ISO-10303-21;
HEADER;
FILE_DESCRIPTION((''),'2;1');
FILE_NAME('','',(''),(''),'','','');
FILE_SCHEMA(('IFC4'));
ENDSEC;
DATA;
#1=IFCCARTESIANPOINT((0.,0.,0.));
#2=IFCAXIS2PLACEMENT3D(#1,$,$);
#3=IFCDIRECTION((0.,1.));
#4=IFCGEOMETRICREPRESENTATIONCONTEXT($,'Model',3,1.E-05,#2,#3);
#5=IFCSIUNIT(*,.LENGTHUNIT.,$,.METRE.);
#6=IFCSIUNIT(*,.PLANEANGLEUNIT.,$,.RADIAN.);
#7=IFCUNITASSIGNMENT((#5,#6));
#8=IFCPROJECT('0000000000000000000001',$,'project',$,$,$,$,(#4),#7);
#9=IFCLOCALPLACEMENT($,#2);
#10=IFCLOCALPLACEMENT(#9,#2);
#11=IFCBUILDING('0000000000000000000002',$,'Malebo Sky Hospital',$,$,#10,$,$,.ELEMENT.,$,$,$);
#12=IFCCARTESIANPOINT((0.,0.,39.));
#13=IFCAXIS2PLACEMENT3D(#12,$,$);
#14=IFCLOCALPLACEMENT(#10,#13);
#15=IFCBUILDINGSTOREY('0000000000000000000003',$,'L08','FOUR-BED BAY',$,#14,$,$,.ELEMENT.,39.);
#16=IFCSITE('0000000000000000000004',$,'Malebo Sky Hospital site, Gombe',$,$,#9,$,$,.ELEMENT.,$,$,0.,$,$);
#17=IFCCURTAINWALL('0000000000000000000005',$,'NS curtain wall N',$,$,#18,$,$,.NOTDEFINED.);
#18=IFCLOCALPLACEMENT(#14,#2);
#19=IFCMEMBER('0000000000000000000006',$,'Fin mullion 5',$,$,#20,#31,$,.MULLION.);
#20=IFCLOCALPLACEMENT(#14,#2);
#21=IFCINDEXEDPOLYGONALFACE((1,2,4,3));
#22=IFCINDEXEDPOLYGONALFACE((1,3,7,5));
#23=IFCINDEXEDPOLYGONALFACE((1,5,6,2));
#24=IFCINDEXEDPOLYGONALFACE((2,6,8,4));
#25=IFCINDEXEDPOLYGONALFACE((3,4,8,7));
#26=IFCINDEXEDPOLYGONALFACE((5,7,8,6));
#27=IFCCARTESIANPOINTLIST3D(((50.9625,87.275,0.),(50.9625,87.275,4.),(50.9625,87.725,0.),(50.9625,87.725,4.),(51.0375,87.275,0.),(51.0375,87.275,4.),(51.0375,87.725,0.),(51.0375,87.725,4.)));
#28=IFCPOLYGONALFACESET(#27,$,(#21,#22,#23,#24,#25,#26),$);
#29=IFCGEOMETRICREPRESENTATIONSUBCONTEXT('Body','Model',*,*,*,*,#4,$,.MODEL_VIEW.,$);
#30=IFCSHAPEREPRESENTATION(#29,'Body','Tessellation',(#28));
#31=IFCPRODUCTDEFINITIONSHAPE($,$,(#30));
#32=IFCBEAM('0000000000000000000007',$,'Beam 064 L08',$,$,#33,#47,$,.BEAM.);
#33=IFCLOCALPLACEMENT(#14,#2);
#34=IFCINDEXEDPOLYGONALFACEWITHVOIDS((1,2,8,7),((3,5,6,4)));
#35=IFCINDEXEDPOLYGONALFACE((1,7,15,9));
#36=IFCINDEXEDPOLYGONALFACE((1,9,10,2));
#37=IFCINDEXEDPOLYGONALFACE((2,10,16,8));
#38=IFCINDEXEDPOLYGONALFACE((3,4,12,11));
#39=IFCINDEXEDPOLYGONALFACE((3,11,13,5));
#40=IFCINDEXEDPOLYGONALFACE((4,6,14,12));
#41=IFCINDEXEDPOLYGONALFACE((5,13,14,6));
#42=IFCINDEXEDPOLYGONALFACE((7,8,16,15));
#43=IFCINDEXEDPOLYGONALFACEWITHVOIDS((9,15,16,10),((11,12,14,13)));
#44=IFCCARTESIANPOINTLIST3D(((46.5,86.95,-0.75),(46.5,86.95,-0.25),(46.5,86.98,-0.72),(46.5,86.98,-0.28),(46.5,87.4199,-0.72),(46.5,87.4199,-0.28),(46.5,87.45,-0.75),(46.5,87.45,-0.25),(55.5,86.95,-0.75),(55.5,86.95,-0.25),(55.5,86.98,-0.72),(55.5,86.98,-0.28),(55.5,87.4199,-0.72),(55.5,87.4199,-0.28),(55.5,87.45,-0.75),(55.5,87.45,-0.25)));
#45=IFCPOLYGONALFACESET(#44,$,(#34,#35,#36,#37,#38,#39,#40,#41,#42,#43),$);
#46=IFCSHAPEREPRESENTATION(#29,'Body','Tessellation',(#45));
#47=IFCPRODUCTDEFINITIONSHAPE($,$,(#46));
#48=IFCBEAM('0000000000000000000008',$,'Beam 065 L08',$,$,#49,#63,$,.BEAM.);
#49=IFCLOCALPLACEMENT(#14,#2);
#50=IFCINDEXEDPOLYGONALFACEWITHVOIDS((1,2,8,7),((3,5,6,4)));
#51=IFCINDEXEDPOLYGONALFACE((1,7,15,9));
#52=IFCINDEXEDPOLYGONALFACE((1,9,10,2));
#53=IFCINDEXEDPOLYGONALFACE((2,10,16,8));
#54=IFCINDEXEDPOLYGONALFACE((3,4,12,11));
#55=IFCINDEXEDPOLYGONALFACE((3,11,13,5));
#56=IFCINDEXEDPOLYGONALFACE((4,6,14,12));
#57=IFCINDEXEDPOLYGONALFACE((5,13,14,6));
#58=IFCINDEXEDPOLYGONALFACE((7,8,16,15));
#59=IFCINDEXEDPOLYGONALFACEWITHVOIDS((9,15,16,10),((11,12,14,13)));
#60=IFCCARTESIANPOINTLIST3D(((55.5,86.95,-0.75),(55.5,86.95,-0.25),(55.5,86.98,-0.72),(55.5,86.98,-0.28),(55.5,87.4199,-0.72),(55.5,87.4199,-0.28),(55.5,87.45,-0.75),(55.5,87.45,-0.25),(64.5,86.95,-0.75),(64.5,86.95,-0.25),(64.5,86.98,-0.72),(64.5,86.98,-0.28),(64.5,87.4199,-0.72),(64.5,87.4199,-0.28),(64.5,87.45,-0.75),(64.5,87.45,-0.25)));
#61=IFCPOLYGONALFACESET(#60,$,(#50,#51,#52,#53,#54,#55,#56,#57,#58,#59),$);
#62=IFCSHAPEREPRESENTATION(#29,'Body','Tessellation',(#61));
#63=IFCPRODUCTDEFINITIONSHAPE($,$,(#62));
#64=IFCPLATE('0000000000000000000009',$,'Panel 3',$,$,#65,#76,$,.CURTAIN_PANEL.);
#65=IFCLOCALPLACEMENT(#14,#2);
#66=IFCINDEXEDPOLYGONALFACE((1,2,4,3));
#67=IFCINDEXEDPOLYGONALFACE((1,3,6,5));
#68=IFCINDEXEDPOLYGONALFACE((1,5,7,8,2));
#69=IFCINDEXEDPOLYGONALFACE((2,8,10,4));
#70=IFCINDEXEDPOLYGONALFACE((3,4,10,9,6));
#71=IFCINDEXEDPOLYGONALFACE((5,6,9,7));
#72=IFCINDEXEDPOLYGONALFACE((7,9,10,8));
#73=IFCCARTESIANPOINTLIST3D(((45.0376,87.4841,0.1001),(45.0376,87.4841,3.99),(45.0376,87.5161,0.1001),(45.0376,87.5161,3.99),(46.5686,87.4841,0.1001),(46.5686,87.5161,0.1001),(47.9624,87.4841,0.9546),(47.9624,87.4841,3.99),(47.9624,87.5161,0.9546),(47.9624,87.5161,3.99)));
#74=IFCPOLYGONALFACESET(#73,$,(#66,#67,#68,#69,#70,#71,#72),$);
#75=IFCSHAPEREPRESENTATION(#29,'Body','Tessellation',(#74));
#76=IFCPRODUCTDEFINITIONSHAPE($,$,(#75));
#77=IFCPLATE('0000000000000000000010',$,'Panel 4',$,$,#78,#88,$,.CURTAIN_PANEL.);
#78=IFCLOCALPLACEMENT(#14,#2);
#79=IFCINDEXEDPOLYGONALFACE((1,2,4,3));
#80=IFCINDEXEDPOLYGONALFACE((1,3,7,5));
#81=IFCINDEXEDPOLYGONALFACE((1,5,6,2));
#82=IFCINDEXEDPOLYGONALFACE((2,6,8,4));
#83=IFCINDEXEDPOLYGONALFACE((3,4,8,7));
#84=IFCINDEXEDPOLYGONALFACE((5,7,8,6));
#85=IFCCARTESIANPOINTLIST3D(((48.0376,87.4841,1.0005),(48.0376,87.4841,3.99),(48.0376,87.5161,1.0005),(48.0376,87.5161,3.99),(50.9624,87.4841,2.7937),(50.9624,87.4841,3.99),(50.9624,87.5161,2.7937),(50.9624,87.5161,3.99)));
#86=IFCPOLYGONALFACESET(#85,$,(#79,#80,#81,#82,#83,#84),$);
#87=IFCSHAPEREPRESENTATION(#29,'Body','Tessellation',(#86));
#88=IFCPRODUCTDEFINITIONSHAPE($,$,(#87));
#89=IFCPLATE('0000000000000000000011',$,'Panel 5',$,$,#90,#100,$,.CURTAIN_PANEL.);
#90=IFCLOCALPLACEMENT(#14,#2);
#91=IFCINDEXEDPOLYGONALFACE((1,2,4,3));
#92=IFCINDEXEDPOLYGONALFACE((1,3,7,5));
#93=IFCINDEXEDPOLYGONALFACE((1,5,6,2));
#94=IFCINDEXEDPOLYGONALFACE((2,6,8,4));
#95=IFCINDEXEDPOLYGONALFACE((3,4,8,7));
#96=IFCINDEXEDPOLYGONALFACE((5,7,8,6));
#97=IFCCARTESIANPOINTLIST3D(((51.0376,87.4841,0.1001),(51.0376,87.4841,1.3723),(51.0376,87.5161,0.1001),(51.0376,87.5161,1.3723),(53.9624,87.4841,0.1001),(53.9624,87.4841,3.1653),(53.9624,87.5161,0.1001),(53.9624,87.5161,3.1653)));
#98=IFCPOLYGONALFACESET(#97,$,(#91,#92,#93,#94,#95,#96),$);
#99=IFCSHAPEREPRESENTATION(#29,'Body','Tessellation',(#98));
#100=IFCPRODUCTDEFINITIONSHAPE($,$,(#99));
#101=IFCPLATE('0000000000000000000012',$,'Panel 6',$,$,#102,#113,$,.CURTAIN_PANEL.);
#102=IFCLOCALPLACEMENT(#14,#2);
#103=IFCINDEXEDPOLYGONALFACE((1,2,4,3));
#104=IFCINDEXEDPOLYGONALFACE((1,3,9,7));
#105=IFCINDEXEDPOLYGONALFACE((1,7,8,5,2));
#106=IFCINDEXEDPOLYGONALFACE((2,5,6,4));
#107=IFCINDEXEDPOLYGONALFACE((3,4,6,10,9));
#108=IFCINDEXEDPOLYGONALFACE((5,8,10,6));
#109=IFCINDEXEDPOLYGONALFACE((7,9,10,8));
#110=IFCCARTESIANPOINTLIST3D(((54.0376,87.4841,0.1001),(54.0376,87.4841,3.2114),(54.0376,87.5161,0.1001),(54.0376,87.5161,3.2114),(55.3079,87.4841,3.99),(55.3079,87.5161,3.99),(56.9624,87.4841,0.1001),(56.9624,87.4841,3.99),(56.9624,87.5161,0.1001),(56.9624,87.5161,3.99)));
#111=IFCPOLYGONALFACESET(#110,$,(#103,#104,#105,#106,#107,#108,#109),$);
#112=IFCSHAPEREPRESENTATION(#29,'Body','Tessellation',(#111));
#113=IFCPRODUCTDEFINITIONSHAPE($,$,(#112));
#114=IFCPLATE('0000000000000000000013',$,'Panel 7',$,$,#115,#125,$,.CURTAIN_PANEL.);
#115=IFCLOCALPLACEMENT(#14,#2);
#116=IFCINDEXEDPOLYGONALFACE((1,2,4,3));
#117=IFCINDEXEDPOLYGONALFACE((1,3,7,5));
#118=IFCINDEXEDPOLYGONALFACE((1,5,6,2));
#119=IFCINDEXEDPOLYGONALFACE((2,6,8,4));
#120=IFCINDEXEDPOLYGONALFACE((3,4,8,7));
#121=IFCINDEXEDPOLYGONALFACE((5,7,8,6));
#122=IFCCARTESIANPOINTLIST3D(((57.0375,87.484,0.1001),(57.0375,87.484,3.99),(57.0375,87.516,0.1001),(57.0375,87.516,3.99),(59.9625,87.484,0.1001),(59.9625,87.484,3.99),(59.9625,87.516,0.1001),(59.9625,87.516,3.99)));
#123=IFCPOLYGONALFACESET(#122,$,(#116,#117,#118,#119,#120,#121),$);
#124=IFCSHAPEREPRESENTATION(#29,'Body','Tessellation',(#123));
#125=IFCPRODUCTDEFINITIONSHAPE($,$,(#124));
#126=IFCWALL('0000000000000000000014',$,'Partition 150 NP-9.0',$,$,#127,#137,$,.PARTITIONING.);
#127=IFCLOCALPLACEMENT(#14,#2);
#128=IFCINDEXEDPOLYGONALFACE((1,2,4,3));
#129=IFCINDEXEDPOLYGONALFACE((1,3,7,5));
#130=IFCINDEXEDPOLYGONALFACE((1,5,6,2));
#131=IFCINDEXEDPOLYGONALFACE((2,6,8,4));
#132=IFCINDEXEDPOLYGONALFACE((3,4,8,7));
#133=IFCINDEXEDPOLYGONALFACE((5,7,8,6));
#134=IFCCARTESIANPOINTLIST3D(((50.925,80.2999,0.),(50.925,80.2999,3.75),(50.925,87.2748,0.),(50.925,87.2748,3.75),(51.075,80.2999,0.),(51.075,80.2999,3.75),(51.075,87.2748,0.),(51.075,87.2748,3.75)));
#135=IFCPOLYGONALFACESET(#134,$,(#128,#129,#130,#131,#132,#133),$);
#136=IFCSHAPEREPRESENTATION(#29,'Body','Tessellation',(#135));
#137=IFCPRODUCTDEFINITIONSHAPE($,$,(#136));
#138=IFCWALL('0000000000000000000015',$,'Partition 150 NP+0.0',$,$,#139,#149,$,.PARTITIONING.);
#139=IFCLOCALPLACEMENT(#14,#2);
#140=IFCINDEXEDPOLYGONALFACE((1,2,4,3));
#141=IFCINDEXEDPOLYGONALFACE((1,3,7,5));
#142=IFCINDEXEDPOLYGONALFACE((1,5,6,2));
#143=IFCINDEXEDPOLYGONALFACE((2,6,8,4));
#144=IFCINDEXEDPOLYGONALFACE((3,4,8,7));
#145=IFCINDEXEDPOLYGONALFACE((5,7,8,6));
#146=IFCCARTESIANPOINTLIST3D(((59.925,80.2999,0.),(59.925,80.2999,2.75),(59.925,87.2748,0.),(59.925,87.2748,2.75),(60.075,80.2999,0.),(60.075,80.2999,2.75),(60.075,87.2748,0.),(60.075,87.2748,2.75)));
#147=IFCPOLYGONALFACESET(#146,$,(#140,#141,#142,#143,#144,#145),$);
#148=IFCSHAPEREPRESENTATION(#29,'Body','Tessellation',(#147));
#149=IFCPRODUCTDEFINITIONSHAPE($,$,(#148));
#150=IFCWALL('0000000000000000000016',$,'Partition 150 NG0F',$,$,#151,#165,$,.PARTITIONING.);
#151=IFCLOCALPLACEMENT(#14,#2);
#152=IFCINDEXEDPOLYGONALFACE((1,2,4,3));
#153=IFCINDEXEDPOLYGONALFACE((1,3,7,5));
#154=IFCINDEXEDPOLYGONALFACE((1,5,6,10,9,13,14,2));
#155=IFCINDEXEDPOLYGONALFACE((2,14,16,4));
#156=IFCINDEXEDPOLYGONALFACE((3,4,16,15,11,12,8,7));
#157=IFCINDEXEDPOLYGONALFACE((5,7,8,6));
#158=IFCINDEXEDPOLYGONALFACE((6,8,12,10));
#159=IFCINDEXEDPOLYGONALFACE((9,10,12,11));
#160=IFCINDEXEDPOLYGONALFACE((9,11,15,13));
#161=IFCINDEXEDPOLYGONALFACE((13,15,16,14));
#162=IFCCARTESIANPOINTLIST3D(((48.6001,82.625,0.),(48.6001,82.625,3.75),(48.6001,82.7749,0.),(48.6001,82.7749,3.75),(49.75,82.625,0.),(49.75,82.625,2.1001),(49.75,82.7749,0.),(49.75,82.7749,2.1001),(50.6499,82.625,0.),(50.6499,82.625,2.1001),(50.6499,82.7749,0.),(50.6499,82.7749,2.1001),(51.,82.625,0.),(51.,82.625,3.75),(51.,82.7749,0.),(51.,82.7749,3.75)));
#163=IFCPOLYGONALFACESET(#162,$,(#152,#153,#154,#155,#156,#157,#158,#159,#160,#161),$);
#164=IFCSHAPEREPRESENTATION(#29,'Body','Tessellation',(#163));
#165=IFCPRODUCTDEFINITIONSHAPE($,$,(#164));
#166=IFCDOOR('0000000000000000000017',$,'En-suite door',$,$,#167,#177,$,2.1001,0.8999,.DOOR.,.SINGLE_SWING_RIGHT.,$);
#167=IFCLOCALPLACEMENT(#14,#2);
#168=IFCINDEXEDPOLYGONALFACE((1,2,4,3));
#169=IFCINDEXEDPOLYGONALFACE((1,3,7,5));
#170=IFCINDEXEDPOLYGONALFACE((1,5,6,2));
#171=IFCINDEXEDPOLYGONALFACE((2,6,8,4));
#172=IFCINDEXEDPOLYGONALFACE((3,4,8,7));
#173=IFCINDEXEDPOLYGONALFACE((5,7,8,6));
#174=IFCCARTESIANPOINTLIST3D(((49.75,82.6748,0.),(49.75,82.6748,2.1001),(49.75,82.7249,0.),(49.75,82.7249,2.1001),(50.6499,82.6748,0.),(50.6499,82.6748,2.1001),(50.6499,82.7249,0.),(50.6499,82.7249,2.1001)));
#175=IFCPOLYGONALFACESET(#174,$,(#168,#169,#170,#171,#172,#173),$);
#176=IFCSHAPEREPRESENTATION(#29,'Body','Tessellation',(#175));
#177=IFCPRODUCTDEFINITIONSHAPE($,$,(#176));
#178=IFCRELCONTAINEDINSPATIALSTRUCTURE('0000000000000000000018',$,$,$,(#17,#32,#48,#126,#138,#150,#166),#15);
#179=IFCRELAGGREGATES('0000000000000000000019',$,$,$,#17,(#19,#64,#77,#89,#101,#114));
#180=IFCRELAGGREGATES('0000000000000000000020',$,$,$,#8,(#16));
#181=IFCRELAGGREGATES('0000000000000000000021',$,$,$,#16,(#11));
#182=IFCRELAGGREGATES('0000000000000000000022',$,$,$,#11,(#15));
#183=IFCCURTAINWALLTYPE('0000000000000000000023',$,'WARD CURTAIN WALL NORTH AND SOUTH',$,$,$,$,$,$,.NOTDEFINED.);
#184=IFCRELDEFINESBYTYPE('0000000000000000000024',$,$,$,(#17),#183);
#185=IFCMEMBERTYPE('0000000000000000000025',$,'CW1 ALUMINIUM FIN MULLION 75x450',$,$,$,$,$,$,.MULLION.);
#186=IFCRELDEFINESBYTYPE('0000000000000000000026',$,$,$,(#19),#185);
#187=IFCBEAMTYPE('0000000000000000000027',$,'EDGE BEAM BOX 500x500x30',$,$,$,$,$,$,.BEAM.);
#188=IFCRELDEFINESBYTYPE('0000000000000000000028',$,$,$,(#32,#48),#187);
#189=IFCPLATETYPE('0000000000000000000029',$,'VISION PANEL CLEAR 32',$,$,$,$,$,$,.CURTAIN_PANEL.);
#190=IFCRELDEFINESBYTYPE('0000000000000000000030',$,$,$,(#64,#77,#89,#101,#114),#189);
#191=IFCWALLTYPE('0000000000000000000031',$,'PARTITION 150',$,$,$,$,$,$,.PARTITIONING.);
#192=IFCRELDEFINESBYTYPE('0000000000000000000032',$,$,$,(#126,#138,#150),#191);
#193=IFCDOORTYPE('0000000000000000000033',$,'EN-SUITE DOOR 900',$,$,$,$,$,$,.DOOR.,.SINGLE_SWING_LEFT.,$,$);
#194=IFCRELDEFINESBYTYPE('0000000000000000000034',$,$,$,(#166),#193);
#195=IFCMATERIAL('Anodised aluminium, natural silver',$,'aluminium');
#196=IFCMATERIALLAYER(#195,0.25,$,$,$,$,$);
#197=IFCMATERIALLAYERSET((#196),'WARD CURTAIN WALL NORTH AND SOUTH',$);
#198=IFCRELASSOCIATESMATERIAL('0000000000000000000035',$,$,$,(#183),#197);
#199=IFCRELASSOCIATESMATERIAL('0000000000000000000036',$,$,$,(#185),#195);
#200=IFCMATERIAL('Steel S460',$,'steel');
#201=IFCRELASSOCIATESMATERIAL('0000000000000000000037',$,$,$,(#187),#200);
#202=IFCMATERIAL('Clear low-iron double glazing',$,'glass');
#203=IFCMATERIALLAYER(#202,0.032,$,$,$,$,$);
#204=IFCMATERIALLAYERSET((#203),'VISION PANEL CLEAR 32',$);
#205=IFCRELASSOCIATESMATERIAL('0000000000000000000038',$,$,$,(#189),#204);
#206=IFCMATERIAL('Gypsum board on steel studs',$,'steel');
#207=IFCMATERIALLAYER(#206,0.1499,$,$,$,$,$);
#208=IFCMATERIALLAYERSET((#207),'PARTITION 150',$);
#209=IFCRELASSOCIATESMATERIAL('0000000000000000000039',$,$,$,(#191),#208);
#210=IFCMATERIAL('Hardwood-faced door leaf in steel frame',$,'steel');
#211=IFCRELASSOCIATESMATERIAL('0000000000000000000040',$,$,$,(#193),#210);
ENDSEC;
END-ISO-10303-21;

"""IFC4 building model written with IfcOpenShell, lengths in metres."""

from ifc_helpers import new_model, si_unit, direction, frame, frame_2d, origin, origin_2d, place, context, subcontext, project, spatial, polyline, rectangle, hollow_rectangle, outline, extrude, material, layer, layer_set, material_profile, profile_set, type_object, element, fill, aggregate, save


model = new_model("IFC4")

# Units and contexts
model_context = context("Model", 3, precision=1e-05, world=origin(), true_north=direction((0.0, 1.0)))
body_context = subcontext(model_context, "Body", "Model", "MODEL_VIEW")
ifc_project = project(units=[si_unit("LENGTHUNIT", "METRE"), si_unit("PLANEANGLEUNIT", "RADIAN")], contexts=[model_context])

# Site, building, storey
site_placement = place(None, origin())
site = spatial("IfcSite", under=ifc_project, at=site_placement, Name="Malebo Sky Hospital site, Gombe", CompositionType="ELEMENT", RefElevation=0.0)
building_placement = place(site_placement, origin())
building = spatial("IfcBuilding", under=site, at=building_placement, Name="Malebo Sky Hospital", CompositionType="ELEMENT")
storey_placement = place(building_placement, frame((0.0, 0.0, 39.0)))
storey = spatial("IfcBuildingStorey", under=building, at=storey_placement, Name="L08", Description="FOUR-BED BAY", CompositionType="ELEMENT", Elevation=39.0)

# Shared definitions
ifc_material_1 = material(Name="Steel S460", Category="steel")

# Curtain wall
ifc_material_2 = material(Name="Anodised aluminium, natural silver", Category="aluminium")
ifc_layer_1 = layer(ifc_material_2, 0.25)
ifc_layer_set_1 = layer_set([ifc_layer_1], Name="WARD CURTAIN WALL NORTH AND SOUTH")
curtain_wall_type = type_object("IfcCurtainWallType", Name="WARD CURTAIN WALL NORTH AND SOUTH", PredefinedType="NOTDEFINED", material=ifc_layer_set_1)
curtain_wall_placement = place(storey_placement, origin())
curtain_wall = element("IfcCurtainWall", 1, at=curtain_wall_placement, inside=storey, type_object=curtain_wall_type, Name="NS curtain wall N", PredefinedType="NOTDEFINED")

# Member
ifc_material_profile_1 = material_profile(ifc_material_2, rectangle(XDim=0.075, YDim=0.45, at=origin_2d()), Name="CW1 ALUMINIUM FIN MULLION 75x450")
ifc_profile_set_1 = profile_set([ifc_material_profile_1], Name="Anodised aluminium, natural silver")
member_type_1 = type_object("IfcMemberType", Name="CW1 ALUMINIUM FIN MULLION 75x450", PredefinedType="MULLION", material=ifc_profile_set_1)
member_1_placement = place(storey_placement, frame((51.0, 87.5, 0.0), z_axis=(0.0, 0.0, 1.0), x_axis=(1.0, 0.0, 0.0)))
member_1 = element("IfcMember", 2, at=member_1_placement, type_object=member_type_1, Name="Fin mullion 5", PredefinedType="MULLION", context=body_context, shape_type="SweptSolid", body=[
    extrude(rectangle(XDim=0.075, YDim=0.45, at=origin_2d()), origin(), (0.0, 0.0, 1.0), 4.0),
])

# Beams
ifc_material_profile_2 = material_profile(ifc_material_1, hollow_rectangle(XDim=0.5, YDim=0.5, WallThickness=0.03, at=origin_2d()), Name="BOX 500x500x30")
ifc_profile_set_2 = profile_set([ifc_material_profile_2], Name="Steel S460")
beam_type = type_object("IfcBeamType", Name="EDGE BEAM BOX 500x500x30", PredefinedType="BEAM", material=ifc_profile_set_2)
for number, where, z_axis, x_axis, name in (
    (3, (46.5, 87.2, -0.5), (1.0, 0.0, 0.0), (0.0, 1.0, 0.0), "Beam 064 L08"),
    (4, (55.5, 87.2, -0.5), (1.0, 0.0, 0.0), (0.0, 1.0, 0.0), "Beam 065 L08"),
):
    element("IfcBeam", number, at=place(storey_placement, frame(where, z_axis=z_axis, x_axis=x_axis)), inside=storey, type_object=beam_type, Name=name, PredefinedType="BEAM", context=body_context, shape_type="SweptSolid", body=[
        extrude(hollow_rectangle(XDim=0.5, YDim=0.5, WallThickness=0.03, at=origin_2d()), origin(), (0.0, 0.0, 1.0), 9.0),
    ])

# Plates
ifc_material_3 = material(Name="Clear low-iron double glazing", Category="glass")
ifc_layer_2 = layer(ifc_material_3, 0.032)
ifc_layer_set_2 = layer_set([ifc_layer_2], Name="VISION PANEL CLEAR 32")
plate_type = type_object("IfcPlateType", Name="VISION PANEL CLEAR 32", PredefinedType="CURTAIN_PANEL", material=ifc_layer_set_2)
plate_1_placement = place(storey_placement, frame((46.5, 87.5, 0.1001), z_axis=(0.0, 0.0, 1.0), x_axis=(1.0, 0.0, 0.0)))
plate_1 = element("IfcPlate", 5, at=plate_1_placement, type_object=plate_type, Name="Panel 3", PredefinedType="CURTAIN_PANEL", context=body_context, shape_type="SweptSolid", body=[
    extrude(outline(polyline([(-1.4624, 0.0), (0.0686, 0.0), (1.4624, 0.8545), (1.4624, 3.8899), (-1.4624, 3.8899), (-1.4624, 0.0)])), frame((0.0, 0.0161, 0.0), z_axis=(0.0, -1.0, 0.0), x_axis=(1.0, 0.0, 0.0)), (0.0, 0.0, 1.0), 0.032),
])
plate_2_placement = place(storey_placement, frame((49.5, 87.5, 1.0005), z_axis=(0.0, 0.0, 1.0), x_axis=(1.0, 0.0, 0.0)))
plate_2 = element("IfcPlate", 6, at=plate_2_placement, type_object=plate_type, Name="Panel 4", PredefinedType="CURTAIN_PANEL", context=body_context, shape_type="SweptSolid", body=[
    extrude(outline(polyline([(-1.4624, 0.0), (1.4624, 1.7932), (1.4624, 2.9895), (-1.4624, 2.9895), (-1.4624, 0.0)])), frame((0.0, 0.0161, 0.0), z_axis=(0.0, -1.0, 0.0), x_axis=(1.0, 0.0, 0.0)), (0.0, 0.0, 1.0), 0.032),
])
plate_3_placement = place(storey_placement, frame((52.5, 87.5, 0.1001), z_axis=(0.0, 0.0, 1.0), x_axis=(1.0, 0.0, 0.0)))
plate_3 = element("IfcPlate", 7, at=plate_3_placement, type_object=plate_type, Name="Panel 5", PredefinedType="CURTAIN_PANEL", context=body_context, shape_type="SweptSolid", body=[
    extrude(outline(polyline([(-1.4624, 0.0), (1.4624, 0.0), (1.4624, 3.0652), (-1.4624, 1.2722), (-1.4624, 0.0)])), frame((0.0, 0.0161, 0.0), z_axis=(0.0, -1.0, 0.0), x_axis=(1.0, 0.0, 0.0)), (0.0, 0.0, 1.0), 0.032),
])
plate_4_placement = place(storey_placement, frame((55.5, 87.5, 0.1001), z_axis=(0.0, 0.0, 1.0), x_axis=(1.0, 0.0, 0.0)))
plate_4 = element("IfcPlate", 8, at=plate_4_placement, type_object=plate_type, Name="Panel 6", PredefinedType="CURTAIN_PANEL", context=body_context, shape_type="SweptSolid", body=[
    extrude(outline(polyline([(-1.4624, 0.0), (1.4624, 0.0), (1.4624, 3.8899), (-0.1921, 3.8899), (-1.4624, 3.1113), (-1.4624, 0.0)])), frame((0.0, 0.0161, 0.0), z_axis=(0.0, -1.0, 0.0), x_axis=(1.0, 0.0, 0.0)), (0.0, 0.0, 1.0), 0.032),
])
plate_5_placement = place(storey_placement, frame((58.5, 87.5, 0.1001), z_axis=(0.0, 0.0, 1.0), x_axis=(1.0, 0.0, 0.0)))
plate_5 = element("IfcPlate", 9, at=plate_5_placement, type_object=plate_type, Name="Panel 7", PredefinedType="CURTAIN_PANEL", context=body_context, shape_type="SweptSolid", body=[
    extrude(rectangle(XDim=2.925, YDim=0.032, at=origin_2d()), origin(), (0.0, 0.0, 1.0), 3.8899),
])
aggregate(curtain_wall, [member_1, plate_1, plate_2, plate_3, plate_4, plate_5])

# Walls
ifc_material_4 = material(Name="Gypsum board on steel studs", Category="steel")
ifc_layer_3 = layer(ifc_material_4, 0.1499)
ifc_layer_set_3 = layer_set([ifc_layer_3], Name="PARTITION 150")
wall_type = type_object("IfcWallType", Name="PARTITION 150", PredefinedType="PARTITIONING", material=ifc_layer_set_3)
wall_1_placement = place(storey_placement, frame((51.0, 80.3, 0.0), z_axis=(0.0, 0.0, 1.0), x_axis=(0.0, 1.0, 0.0)))
element("IfcWall", 10, at=wall_1_placement, inside=storey, type_object=wall_type, Name="Partition 150 NP-9.0", PredefinedType="PARTITIONING", context=body_context, shape_type="SweptSolid", body=[
    extrude(rectangle(XDim=6.9749, YDim=0.1499, at=frame_2d((3.4873, 0.0))), origin(), (0.0, 0.0, 1.0), 3.75),
])
wall_2_placement = place(storey_placement, frame((60.0, 80.3, 0.0), z_axis=(0.0, 0.0, 1.0), x_axis=(0.0, 1.0, 0.0)))
element("IfcWall", 11, at=wall_2_placement, inside=storey, type_object=wall_type, Name="Partition 150 NP+0.0", PredefinedType="PARTITIONING", context=body_context, shape_type="SweptSolid", body=[
    extrude(rectangle(XDim=6.9749, YDim=0.1499, at=frame_2d((3.4873, 0.0))), origin(), (0.0, 0.0, 1.0), 2.75),
])

# Wall, opening, door
wall_3_placement = place(storey_placement, frame((48.6001, 82.7, 0.0), z_axis=(0.0, 0.0, 1.0), x_axis=(1.0, 0.0, 0.0)))
wall_3 = element("IfcWall", 12, at=wall_3_placement, inside=storey, type_object=wall_type, Name="Partition 150 NG0F", PredefinedType="PARTITIONING", context=body_context, shape_type="SweptSolid", body=[
    extrude(rectangle(XDim=2.3999, YDim=0.1499, at=frame_2d((1.2, 0.0))), origin(), (0.0, 0.0, 1.0), 3.75),
])
opening_1_placement = place(wall_3_placement, frame((1.1499, 0.0, 0.0)))
opening_1 = element("IfcOpeningElement", 13, at=opening_1_placement, cuts=wall_3, PredefinedType="OPENING", context=body_context, shape_type="SweptSolid", body=[
    extrude(rectangle(XDim=0.8999, YDim=2.1001, at=frame_2d((0.45, 1.05))), frame((0.0, 0.085, 0.0), z_axis=(0.0, -1.0, 0.0), x_axis=(1.0, 0.0, 0.0)), (0.0, 0.0, 1.0), 0.1699),
])
ifc_material_5 = material(Name="Hardwood-faced door leaf in steel frame", Category="steel")
door_type = type_object("IfcDoorType", Name="EN-SUITE DOOR 900", OperationType="SINGLE_SWING_LEFT", PredefinedType="DOOR", material=ifc_material_5)
door_1_placement = place(opening_1_placement, origin())
door_1 = element("IfcDoor", 14, at=door_1_placement, inside=storey, type_object=door_type, Name="En-suite door", OperationType="SINGLE_SWING_RIGHT", OverallHeight=2.1001, OverallWidth=0.8999, PredefinedType="DOOR", context=body_context, shape_type="SweptSolid", body=[
    extrude(rectangle(XDim=0.8999, YDim=2.1001, at=frame_2d((0.45, 1.05))), frame((0.0, 0.0249, 0.0), z_axis=(0.0, -1.0, 0.0), x_axis=(1.0, 0.0, 0.0)), (0.0, 0.0, 1.0), 0.05),
])
fill(opening_1, door_1)

save(model, "model.ifc")
